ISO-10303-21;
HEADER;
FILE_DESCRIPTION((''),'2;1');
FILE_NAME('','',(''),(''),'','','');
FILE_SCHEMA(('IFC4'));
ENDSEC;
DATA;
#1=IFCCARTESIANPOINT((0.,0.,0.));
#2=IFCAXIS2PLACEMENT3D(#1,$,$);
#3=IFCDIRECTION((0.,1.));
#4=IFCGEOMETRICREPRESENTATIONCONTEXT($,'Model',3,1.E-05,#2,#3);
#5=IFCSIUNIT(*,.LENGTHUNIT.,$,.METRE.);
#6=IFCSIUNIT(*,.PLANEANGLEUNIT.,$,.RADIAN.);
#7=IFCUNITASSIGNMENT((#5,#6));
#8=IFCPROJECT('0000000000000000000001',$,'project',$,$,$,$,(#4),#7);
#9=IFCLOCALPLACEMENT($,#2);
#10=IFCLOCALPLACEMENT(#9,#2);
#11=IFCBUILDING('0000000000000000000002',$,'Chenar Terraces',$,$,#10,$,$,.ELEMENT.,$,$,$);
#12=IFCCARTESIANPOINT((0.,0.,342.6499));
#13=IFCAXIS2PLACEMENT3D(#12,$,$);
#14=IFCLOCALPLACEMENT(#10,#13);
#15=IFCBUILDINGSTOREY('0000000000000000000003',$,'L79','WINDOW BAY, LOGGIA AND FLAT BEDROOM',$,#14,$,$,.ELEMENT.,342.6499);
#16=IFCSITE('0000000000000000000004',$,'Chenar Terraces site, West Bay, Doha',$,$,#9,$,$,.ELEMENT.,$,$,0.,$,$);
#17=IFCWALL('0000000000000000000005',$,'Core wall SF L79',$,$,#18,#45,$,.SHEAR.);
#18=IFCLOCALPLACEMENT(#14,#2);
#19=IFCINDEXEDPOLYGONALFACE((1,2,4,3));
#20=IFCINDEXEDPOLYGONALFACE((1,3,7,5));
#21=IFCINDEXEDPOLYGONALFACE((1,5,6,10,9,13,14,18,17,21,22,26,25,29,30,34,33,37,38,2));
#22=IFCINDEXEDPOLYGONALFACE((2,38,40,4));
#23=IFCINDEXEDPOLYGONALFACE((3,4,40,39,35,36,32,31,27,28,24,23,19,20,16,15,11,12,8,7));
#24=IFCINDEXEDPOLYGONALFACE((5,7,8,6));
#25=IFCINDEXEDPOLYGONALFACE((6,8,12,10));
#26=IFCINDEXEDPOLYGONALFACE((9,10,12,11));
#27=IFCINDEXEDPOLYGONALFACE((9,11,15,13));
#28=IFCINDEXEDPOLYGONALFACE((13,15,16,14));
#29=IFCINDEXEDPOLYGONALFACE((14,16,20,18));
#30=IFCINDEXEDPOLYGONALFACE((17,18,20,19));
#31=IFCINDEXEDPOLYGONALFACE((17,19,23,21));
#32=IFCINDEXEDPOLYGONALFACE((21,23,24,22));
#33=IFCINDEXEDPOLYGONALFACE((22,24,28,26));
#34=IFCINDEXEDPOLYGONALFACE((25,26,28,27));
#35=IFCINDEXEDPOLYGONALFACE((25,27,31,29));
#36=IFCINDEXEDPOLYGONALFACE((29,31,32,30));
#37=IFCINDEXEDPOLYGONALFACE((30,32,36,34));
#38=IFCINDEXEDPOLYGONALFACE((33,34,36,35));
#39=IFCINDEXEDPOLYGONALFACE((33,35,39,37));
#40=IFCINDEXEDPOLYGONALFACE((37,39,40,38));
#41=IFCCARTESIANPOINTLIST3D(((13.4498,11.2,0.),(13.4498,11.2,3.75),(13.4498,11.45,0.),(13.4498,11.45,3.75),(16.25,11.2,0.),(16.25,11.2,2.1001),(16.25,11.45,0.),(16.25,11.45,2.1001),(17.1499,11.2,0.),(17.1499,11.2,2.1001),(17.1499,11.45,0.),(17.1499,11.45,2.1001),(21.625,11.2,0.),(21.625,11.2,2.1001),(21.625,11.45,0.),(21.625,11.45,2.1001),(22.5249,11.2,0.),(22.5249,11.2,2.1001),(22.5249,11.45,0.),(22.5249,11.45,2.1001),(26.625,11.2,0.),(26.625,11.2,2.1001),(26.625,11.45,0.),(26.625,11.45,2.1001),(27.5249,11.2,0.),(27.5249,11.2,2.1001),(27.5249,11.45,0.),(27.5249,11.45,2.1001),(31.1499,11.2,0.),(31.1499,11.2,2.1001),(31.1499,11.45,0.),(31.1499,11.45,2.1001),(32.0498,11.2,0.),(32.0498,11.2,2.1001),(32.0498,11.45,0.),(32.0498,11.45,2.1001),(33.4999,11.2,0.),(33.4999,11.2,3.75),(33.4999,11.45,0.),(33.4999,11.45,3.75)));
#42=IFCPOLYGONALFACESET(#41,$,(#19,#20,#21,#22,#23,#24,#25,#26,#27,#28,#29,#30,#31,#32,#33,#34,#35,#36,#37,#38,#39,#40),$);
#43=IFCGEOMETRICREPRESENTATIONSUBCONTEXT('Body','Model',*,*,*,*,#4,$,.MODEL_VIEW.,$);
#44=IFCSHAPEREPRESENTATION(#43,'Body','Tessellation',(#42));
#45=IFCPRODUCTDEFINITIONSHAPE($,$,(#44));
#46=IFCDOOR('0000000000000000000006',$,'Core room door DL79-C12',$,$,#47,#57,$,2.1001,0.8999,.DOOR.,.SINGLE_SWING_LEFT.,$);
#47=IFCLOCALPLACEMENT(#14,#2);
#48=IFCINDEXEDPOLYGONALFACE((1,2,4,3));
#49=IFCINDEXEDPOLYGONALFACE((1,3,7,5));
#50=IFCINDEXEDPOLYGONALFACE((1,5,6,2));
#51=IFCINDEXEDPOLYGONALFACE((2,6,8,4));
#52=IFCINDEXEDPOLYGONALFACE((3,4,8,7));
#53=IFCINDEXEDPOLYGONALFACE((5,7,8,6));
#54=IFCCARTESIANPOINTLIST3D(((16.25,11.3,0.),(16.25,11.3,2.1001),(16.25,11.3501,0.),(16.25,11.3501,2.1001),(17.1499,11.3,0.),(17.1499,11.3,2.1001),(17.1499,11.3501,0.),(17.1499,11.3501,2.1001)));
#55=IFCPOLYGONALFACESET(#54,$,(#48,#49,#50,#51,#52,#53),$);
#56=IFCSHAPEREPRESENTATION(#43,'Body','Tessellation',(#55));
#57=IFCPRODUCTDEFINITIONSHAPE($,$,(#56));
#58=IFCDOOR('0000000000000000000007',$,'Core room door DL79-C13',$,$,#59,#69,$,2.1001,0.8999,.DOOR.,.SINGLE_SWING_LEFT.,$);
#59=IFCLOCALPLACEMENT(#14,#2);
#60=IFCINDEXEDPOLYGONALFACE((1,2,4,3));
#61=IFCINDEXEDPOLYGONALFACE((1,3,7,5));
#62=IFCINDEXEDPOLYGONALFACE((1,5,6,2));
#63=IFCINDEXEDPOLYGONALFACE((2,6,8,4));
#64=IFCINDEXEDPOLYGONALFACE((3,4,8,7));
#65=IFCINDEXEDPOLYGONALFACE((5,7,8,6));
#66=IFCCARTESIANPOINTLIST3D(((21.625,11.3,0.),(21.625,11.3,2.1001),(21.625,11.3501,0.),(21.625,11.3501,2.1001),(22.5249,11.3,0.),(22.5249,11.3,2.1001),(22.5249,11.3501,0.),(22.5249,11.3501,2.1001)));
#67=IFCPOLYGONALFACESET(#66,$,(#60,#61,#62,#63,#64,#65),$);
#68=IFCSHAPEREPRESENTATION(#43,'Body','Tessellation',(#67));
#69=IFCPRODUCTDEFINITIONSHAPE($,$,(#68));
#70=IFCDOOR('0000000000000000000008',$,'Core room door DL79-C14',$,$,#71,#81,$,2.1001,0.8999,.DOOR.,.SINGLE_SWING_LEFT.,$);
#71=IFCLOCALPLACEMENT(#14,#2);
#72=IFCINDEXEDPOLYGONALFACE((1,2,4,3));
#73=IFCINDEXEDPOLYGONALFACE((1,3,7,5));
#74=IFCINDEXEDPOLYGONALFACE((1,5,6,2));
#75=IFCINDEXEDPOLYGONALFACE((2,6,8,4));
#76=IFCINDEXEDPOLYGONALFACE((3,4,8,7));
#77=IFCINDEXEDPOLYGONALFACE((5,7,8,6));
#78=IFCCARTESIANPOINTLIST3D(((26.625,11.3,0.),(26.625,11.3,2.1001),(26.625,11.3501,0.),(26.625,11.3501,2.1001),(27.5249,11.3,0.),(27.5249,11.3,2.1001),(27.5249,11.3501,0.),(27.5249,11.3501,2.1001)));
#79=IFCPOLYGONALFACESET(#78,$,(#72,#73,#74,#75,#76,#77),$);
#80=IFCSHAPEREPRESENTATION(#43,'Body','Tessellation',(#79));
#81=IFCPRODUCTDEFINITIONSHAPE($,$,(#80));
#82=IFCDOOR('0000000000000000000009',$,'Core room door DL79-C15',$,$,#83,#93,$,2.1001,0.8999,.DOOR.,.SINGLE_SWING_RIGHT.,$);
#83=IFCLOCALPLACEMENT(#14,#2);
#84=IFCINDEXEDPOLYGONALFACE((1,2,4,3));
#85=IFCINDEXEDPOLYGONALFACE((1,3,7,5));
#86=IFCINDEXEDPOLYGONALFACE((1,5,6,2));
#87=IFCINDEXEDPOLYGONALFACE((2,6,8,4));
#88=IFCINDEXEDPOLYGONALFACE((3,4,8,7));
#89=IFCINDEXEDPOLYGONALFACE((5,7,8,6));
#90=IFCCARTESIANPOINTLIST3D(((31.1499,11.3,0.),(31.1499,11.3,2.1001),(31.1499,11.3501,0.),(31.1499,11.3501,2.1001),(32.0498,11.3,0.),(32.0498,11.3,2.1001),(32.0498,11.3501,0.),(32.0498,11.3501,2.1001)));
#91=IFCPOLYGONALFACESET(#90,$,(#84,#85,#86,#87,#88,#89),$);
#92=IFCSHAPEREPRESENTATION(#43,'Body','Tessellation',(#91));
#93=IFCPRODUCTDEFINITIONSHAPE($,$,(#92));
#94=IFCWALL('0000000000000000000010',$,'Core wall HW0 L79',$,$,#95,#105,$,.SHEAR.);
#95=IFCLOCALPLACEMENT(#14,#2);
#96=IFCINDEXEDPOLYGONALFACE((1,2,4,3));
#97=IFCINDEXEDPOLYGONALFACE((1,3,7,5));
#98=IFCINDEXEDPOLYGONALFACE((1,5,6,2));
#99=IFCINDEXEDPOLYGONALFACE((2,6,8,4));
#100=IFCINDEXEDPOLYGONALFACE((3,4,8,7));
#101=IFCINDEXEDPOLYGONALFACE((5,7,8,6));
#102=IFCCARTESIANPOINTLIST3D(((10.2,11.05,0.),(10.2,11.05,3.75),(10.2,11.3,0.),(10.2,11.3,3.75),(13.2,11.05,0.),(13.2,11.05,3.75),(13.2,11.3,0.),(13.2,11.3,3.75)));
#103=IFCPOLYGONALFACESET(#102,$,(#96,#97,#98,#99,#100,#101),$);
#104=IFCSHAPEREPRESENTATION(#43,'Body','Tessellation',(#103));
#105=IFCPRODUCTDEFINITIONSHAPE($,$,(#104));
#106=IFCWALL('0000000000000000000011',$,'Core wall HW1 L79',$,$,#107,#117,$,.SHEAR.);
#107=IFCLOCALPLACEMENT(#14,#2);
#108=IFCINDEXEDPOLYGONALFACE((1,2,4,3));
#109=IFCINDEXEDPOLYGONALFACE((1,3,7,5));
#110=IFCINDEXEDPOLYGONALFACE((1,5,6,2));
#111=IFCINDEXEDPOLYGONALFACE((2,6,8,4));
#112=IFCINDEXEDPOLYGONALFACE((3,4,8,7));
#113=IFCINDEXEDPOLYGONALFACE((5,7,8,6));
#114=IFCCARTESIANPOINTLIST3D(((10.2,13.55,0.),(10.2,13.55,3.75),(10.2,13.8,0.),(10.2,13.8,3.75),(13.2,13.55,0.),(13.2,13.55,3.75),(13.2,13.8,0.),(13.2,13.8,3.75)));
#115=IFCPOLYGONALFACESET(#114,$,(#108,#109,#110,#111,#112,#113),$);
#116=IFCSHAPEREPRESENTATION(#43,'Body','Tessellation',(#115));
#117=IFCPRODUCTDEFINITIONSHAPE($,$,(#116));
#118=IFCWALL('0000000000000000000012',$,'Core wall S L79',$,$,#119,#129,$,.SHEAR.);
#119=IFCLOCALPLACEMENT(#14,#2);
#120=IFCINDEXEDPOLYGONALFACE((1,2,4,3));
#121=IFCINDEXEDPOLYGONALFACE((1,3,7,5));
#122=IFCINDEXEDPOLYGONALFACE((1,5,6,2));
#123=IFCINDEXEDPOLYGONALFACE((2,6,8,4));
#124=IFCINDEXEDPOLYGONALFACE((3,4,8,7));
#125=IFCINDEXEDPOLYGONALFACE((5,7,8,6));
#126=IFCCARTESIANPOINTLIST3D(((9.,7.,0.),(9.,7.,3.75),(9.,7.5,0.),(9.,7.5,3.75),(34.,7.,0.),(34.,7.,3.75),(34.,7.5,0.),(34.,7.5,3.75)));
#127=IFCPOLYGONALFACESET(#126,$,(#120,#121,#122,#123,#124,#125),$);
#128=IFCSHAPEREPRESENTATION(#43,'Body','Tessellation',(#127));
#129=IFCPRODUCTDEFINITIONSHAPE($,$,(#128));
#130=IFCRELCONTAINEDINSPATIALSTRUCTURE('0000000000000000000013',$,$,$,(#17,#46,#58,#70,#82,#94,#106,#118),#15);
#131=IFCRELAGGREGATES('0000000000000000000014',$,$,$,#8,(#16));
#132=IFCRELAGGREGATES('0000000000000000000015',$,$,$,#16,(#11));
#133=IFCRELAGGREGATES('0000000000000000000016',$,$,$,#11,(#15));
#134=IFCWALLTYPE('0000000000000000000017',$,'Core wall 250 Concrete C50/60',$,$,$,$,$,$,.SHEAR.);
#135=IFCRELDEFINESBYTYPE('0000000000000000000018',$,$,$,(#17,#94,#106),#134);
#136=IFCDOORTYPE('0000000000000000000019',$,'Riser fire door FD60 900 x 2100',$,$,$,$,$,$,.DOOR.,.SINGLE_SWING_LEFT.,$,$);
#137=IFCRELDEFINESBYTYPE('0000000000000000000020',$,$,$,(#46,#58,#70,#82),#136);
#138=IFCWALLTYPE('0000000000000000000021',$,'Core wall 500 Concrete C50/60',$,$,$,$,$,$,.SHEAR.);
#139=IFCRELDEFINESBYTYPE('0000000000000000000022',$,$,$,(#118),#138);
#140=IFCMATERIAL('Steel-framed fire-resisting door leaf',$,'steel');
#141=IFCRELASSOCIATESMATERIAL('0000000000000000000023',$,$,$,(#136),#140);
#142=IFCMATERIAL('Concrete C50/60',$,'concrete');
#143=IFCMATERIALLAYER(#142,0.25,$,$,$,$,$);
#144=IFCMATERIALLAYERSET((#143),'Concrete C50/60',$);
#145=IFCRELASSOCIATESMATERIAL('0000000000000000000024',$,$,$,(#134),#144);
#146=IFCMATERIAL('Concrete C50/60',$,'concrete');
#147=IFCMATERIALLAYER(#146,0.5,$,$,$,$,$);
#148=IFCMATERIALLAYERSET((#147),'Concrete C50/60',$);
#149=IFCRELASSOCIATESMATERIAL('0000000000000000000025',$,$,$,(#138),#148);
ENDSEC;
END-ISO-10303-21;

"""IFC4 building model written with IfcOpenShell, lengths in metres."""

from ifc_helpers import new_model, si_unit, direction, frame, frame_2d, origin, place, context, subcontext, project, spatial, rectangle, extrude, material, layer, layer_set, type_object, element, fill, save


model = new_model("IFC4")

# Units and contexts
model_context = context("Model", 3, precision=1e-05, world=origin(), true_north=direction((0.0, 1.0)))
body_context = subcontext(model_context, "Body", "Model", "MODEL_VIEW")
ifc_project = project(units=[si_unit("LENGTHUNIT", "METRE"), si_unit("PLANEANGLEUNIT", "RADIAN")], contexts=[model_context])

# Site, building, storey
site_placement = place(None, origin())
site = spatial("IfcSite", under=ifc_project, at=site_placement, Name="Chenar Terraces site, West Bay, Doha", CompositionType="ELEMENT", RefElevation=0.0)
building_placement = place(site_placement, origin())
building = spatial("IfcBuilding", under=site, at=building_placement, Name="Chenar Terraces", CompositionType="ELEMENT")
storey_placement = place(building_placement, frame((0.0, 0.0, 342.6499)))
storey = spatial("IfcBuildingStorey", under=building, at=storey_placement, Name="L79", Description="WINDOW BAY, LOGGIA AND FLAT BEDROOM", CompositionType="ELEMENT", Elevation=342.6499)

# Shared definitions
ifc_material_1 = material(Name="Steel-framed fire-resisting door leaf", Category="steel")
door_type_1 = type_object("IfcDoorType", Name="Riser fire door FD60 900 x 2100", OperationType="SINGLE_SWING_LEFT", PredefinedType="DOOR", material=ifc_material_1)

# Shared definitions
ifc_material_2 = material(Name="Concrete C50/60", Category="concrete")
ifc_layer_1 = layer(ifc_material_2, 0.25)
ifc_layer_set_1 = layer_set([ifc_layer_1], Name="Concrete C50/60")
wall_type_1 = type_object("IfcWallType", Name="Core wall 250 Concrete C50/60", PredefinedType="SHEAR", material=ifc_layer_set_1)

# Wall, openings, doors
wall_1_placement = place(storey_placement, frame((13.45, 11.325, 0.0), z_axis=(0.0, 0.0, 1.0), x_axis=(1.0, 0.0, 0.0)))
wall_1 = element("IfcWall", 1, at=wall_1_placement, inside=storey, type_object=wall_type_1, Name="Core wall SF L79", PredefinedType="SHEAR", context=body_context, shape_type="SweptSolid", body=[
    extrude(rectangle(XDim=20.05, YDim=0.25, at=frame_2d((10.0249, 0.0))), origin(), (0.0, 0.0, 1.0), 3.75),
])
opening_1_placement = place(wall_1_placement, frame((2.8, 0.0, 0.0)))
opening_1 = element("IfcOpeningElement", 2, at=opening_1_placement, cuts=wall_1, PredefinedType="OPENING", context=body_context, shape_type="SweptSolid", body=[
    extrude(rectangle(XDim=0.8999, YDim=2.1001, at=frame_2d((0.45, 1.05))), frame((0.0, 0.135, 0.0), z_axis=(0.0, -1.0, 0.0), x_axis=(1.0, 0.0, 0.0)), (0.0, 0.0, 1.0), 0.27),
])
opening_2_placement = place(wall_1_placement, frame((8.175, 0.0, 0.0)))
opening_2 = element("IfcOpeningElement", 3, at=opening_2_placement, cuts=wall_1, PredefinedType="OPENING", context=body_context, shape_type="SweptSolid", body=[
    extrude(rectangle(XDim=0.8999, YDim=2.1001, at=frame_2d((0.45, 1.05))), frame((0.0, 0.135, 0.0), z_axis=(0.0, -1.0, 0.0), x_axis=(1.0, 0.0, 0.0)), (0.0, 0.0, 1.0), 0.27),
])
opening_3_placement = place(wall_1_placement, frame((13.175, 0.0, 0.0)))
opening_3 = element("IfcOpeningElement", 4, at=opening_3_placement, cuts=wall_1, PredefinedType="OPENING", context=body_context, shape_type="SweptSolid", body=[
    extrude(rectangle(XDim=0.8999, YDim=2.1001, at=frame_2d((0.45, 1.05))), frame((0.0, 0.135, 0.0), z_axis=(0.0, -1.0, 0.0), x_axis=(1.0, 0.0, 0.0)), (0.0, 0.0, 1.0), 0.27),
])
opening_4_placement = place(wall_1_placement, frame((17.7, 0.0, 0.0)))
opening_4 = element("IfcOpeningElement", 5, at=opening_4_placement, cuts=wall_1, PredefinedType="OPENING", context=body_context, shape_type="SweptSolid", body=[
    extrude(rectangle(XDim=0.8999, YDim=2.1001, at=frame_2d((0.45, 1.05))), frame((0.0, 0.135, 0.0), z_axis=(0.0, -1.0, 0.0), x_axis=(1.0, 0.0, 0.0)), (0.0, 0.0, 1.0), 0.27),
])
door_1_placement = place(opening_1_placement, frame((0.8999, 0.0, 0.0), z_axis=(0.0, 0.0, 1.0), x_axis=(-1.0, 0.0, 0.0)))
door_1 = element("IfcDoor", 6, at=door_1_placement, inside=storey, type_object=door_type_1, Name="Core room door DL79-C12", OperationType="SINGLE_SWING_LEFT", OverallHeight=2.1001, OverallWidth=0.8999, PredefinedType="DOOR", context=body_context, shape_type="SweptSolid", body=[
    extrude(rectangle(XDim=0.8999, YDim=2.1001, at=frame_2d((0.45, 1.05))), frame((0.0, 0.0249, 0.0), z_axis=(0.0, -1.0, 0.0), x_axis=(1.0, 0.0, 0.0)), (0.0, 0.0, 1.0), 0.05),
])
fill(opening_1, door_1)
door_2_placement = place(opening_2_placement, frame((0.8999, 0.0, 0.0), z_axis=(0.0, 0.0, 1.0), x_axis=(-1.0, 0.0, 0.0)))
door_2 = element("IfcDoor", 7, at=door_2_placement, inside=storey, type_object=door_type_1, Name="Core room door DL79-C13", OperationType="SINGLE_SWING_LEFT", OverallHeight=2.1001, OverallWidth=0.8999, PredefinedType="DOOR", context=body_context, shape_type="SweptSolid", body=[
    extrude(rectangle(XDim=0.8999, YDim=2.1001, at=frame_2d((0.45, 1.05))), frame((0.0, 0.0249, 0.0), z_axis=(0.0, -1.0, 0.0), x_axis=(1.0, 0.0, 0.0)), (0.0, 0.0, 1.0), 0.05),
])
fill(opening_2, door_2)
door_3_placement = place(opening_3_placement, frame((0.8999, 0.0, 0.0), z_axis=(0.0, 0.0, 1.0), x_axis=(-1.0, 0.0, 0.0)))
door_3 = element("IfcDoor", 8, at=door_3_placement, inside=storey, type_object=door_type_1, Name="Core room door DL79-C14", OperationType="SINGLE_SWING_LEFT", OverallHeight=2.1001, OverallWidth=0.8999, PredefinedType="DOOR", context=body_context, shape_type="SweptSolid", body=[
    extrude(rectangle(XDim=0.8999, YDim=2.1001, at=frame_2d((0.45, 1.05))), frame((0.0, 0.0249, 0.0), z_axis=(0.0, -1.0, 0.0), x_axis=(1.0, 0.0, 0.0)), (0.0, 0.0, 1.0), 0.05),
])
fill(opening_3, door_3)
door_4_placement = place(opening_4_placement, frame((0.8999, 0.0, 0.0), z_axis=(0.0, 0.0, 1.0), x_axis=(-1.0, 0.0, 0.0)))
door_4 = element("IfcDoor", 9, at=door_4_placement, inside=storey, type_object=door_type_1, Name="Core room door DL79-C15", OperationType="SINGLE_SWING_RIGHT", OverallHeight=2.1001, OverallWidth=0.8999, PredefinedType="DOOR", context=body_context, shape_type="SweptSolid", body=[
    extrude(rectangle(XDim=0.8999, YDim=2.1001, at=frame_2d((0.45, 1.05))), frame((0.0, 0.0249, 0.0), z_axis=(0.0, -1.0, 0.0), x_axis=(1.0, 0.0, 0.0)), (0.0, 0.0, 1.0), 0.05),
])
fill(opening_4, door_4)

# Walls
for number, where, z_axis, x_axis, name in (
    (10, (10.2, 11.175, 0.0), (0.0, 0.0, 1.0), (1.0, 0.0, 0.0), "Core wall HW0 L79"),
    (11, (10.2, 13.675, 0.0), (0.0, 0.0, 1.0), (1.0, 0.0, 0.0), "Core wall HW1 L79"),
):
    element("IfcWall", number, at=place(storey_placement, frame(where, z_axis=z_axis, x_axis=x_axis)), inside=storey, type_object=wall_type_1, Name=name, PredefinedType="SHEAR", context=body_context, shape_type="SweptSolid", body=[
        extrude(rectangle(XDim=3.0, YDim=0.25, at=frame_2d((1.5, 0.0))), origin(), (0.0, 0.0, 1.0), 3.75),
    ])
ifc_material_3 = material(Name="Concrete C50/60", Category="concrete")
ifc_layer_2 = layer(ifc_material_3, 0.5)
ifc_layer_set_2 = layer_set([ifc_layer_2], Name="Concrete C50/60")
wall_type_2 = type_object("IfcWallType", Name="Core wall 500 Concrete C50/60", PredefinedType="SHEAR", material=ifc_layer_set_2)
wall_2_placement = place(storey_placement, frame((9.0, 7.25, 0.0), z_axis=(0.0, 0.0, 1.0), x_axis=(1.0, 0.0, 0.0)))
element("IfcWall", 12, at=wall_2_placement, inside=storey, type_object=wall_type_2, Name="Core wall S L79", PredefinedType="SHEAR", context=body_context, shape_type="SweptSolid", body=[
    extrude(rectangle(XDim=25.0, YDim=0.5, at=frame_2d((12.5, 0.0))), origin(), (0.0, 0.0, 1.0), 3.75),
])

save(model, "model.ifc")
